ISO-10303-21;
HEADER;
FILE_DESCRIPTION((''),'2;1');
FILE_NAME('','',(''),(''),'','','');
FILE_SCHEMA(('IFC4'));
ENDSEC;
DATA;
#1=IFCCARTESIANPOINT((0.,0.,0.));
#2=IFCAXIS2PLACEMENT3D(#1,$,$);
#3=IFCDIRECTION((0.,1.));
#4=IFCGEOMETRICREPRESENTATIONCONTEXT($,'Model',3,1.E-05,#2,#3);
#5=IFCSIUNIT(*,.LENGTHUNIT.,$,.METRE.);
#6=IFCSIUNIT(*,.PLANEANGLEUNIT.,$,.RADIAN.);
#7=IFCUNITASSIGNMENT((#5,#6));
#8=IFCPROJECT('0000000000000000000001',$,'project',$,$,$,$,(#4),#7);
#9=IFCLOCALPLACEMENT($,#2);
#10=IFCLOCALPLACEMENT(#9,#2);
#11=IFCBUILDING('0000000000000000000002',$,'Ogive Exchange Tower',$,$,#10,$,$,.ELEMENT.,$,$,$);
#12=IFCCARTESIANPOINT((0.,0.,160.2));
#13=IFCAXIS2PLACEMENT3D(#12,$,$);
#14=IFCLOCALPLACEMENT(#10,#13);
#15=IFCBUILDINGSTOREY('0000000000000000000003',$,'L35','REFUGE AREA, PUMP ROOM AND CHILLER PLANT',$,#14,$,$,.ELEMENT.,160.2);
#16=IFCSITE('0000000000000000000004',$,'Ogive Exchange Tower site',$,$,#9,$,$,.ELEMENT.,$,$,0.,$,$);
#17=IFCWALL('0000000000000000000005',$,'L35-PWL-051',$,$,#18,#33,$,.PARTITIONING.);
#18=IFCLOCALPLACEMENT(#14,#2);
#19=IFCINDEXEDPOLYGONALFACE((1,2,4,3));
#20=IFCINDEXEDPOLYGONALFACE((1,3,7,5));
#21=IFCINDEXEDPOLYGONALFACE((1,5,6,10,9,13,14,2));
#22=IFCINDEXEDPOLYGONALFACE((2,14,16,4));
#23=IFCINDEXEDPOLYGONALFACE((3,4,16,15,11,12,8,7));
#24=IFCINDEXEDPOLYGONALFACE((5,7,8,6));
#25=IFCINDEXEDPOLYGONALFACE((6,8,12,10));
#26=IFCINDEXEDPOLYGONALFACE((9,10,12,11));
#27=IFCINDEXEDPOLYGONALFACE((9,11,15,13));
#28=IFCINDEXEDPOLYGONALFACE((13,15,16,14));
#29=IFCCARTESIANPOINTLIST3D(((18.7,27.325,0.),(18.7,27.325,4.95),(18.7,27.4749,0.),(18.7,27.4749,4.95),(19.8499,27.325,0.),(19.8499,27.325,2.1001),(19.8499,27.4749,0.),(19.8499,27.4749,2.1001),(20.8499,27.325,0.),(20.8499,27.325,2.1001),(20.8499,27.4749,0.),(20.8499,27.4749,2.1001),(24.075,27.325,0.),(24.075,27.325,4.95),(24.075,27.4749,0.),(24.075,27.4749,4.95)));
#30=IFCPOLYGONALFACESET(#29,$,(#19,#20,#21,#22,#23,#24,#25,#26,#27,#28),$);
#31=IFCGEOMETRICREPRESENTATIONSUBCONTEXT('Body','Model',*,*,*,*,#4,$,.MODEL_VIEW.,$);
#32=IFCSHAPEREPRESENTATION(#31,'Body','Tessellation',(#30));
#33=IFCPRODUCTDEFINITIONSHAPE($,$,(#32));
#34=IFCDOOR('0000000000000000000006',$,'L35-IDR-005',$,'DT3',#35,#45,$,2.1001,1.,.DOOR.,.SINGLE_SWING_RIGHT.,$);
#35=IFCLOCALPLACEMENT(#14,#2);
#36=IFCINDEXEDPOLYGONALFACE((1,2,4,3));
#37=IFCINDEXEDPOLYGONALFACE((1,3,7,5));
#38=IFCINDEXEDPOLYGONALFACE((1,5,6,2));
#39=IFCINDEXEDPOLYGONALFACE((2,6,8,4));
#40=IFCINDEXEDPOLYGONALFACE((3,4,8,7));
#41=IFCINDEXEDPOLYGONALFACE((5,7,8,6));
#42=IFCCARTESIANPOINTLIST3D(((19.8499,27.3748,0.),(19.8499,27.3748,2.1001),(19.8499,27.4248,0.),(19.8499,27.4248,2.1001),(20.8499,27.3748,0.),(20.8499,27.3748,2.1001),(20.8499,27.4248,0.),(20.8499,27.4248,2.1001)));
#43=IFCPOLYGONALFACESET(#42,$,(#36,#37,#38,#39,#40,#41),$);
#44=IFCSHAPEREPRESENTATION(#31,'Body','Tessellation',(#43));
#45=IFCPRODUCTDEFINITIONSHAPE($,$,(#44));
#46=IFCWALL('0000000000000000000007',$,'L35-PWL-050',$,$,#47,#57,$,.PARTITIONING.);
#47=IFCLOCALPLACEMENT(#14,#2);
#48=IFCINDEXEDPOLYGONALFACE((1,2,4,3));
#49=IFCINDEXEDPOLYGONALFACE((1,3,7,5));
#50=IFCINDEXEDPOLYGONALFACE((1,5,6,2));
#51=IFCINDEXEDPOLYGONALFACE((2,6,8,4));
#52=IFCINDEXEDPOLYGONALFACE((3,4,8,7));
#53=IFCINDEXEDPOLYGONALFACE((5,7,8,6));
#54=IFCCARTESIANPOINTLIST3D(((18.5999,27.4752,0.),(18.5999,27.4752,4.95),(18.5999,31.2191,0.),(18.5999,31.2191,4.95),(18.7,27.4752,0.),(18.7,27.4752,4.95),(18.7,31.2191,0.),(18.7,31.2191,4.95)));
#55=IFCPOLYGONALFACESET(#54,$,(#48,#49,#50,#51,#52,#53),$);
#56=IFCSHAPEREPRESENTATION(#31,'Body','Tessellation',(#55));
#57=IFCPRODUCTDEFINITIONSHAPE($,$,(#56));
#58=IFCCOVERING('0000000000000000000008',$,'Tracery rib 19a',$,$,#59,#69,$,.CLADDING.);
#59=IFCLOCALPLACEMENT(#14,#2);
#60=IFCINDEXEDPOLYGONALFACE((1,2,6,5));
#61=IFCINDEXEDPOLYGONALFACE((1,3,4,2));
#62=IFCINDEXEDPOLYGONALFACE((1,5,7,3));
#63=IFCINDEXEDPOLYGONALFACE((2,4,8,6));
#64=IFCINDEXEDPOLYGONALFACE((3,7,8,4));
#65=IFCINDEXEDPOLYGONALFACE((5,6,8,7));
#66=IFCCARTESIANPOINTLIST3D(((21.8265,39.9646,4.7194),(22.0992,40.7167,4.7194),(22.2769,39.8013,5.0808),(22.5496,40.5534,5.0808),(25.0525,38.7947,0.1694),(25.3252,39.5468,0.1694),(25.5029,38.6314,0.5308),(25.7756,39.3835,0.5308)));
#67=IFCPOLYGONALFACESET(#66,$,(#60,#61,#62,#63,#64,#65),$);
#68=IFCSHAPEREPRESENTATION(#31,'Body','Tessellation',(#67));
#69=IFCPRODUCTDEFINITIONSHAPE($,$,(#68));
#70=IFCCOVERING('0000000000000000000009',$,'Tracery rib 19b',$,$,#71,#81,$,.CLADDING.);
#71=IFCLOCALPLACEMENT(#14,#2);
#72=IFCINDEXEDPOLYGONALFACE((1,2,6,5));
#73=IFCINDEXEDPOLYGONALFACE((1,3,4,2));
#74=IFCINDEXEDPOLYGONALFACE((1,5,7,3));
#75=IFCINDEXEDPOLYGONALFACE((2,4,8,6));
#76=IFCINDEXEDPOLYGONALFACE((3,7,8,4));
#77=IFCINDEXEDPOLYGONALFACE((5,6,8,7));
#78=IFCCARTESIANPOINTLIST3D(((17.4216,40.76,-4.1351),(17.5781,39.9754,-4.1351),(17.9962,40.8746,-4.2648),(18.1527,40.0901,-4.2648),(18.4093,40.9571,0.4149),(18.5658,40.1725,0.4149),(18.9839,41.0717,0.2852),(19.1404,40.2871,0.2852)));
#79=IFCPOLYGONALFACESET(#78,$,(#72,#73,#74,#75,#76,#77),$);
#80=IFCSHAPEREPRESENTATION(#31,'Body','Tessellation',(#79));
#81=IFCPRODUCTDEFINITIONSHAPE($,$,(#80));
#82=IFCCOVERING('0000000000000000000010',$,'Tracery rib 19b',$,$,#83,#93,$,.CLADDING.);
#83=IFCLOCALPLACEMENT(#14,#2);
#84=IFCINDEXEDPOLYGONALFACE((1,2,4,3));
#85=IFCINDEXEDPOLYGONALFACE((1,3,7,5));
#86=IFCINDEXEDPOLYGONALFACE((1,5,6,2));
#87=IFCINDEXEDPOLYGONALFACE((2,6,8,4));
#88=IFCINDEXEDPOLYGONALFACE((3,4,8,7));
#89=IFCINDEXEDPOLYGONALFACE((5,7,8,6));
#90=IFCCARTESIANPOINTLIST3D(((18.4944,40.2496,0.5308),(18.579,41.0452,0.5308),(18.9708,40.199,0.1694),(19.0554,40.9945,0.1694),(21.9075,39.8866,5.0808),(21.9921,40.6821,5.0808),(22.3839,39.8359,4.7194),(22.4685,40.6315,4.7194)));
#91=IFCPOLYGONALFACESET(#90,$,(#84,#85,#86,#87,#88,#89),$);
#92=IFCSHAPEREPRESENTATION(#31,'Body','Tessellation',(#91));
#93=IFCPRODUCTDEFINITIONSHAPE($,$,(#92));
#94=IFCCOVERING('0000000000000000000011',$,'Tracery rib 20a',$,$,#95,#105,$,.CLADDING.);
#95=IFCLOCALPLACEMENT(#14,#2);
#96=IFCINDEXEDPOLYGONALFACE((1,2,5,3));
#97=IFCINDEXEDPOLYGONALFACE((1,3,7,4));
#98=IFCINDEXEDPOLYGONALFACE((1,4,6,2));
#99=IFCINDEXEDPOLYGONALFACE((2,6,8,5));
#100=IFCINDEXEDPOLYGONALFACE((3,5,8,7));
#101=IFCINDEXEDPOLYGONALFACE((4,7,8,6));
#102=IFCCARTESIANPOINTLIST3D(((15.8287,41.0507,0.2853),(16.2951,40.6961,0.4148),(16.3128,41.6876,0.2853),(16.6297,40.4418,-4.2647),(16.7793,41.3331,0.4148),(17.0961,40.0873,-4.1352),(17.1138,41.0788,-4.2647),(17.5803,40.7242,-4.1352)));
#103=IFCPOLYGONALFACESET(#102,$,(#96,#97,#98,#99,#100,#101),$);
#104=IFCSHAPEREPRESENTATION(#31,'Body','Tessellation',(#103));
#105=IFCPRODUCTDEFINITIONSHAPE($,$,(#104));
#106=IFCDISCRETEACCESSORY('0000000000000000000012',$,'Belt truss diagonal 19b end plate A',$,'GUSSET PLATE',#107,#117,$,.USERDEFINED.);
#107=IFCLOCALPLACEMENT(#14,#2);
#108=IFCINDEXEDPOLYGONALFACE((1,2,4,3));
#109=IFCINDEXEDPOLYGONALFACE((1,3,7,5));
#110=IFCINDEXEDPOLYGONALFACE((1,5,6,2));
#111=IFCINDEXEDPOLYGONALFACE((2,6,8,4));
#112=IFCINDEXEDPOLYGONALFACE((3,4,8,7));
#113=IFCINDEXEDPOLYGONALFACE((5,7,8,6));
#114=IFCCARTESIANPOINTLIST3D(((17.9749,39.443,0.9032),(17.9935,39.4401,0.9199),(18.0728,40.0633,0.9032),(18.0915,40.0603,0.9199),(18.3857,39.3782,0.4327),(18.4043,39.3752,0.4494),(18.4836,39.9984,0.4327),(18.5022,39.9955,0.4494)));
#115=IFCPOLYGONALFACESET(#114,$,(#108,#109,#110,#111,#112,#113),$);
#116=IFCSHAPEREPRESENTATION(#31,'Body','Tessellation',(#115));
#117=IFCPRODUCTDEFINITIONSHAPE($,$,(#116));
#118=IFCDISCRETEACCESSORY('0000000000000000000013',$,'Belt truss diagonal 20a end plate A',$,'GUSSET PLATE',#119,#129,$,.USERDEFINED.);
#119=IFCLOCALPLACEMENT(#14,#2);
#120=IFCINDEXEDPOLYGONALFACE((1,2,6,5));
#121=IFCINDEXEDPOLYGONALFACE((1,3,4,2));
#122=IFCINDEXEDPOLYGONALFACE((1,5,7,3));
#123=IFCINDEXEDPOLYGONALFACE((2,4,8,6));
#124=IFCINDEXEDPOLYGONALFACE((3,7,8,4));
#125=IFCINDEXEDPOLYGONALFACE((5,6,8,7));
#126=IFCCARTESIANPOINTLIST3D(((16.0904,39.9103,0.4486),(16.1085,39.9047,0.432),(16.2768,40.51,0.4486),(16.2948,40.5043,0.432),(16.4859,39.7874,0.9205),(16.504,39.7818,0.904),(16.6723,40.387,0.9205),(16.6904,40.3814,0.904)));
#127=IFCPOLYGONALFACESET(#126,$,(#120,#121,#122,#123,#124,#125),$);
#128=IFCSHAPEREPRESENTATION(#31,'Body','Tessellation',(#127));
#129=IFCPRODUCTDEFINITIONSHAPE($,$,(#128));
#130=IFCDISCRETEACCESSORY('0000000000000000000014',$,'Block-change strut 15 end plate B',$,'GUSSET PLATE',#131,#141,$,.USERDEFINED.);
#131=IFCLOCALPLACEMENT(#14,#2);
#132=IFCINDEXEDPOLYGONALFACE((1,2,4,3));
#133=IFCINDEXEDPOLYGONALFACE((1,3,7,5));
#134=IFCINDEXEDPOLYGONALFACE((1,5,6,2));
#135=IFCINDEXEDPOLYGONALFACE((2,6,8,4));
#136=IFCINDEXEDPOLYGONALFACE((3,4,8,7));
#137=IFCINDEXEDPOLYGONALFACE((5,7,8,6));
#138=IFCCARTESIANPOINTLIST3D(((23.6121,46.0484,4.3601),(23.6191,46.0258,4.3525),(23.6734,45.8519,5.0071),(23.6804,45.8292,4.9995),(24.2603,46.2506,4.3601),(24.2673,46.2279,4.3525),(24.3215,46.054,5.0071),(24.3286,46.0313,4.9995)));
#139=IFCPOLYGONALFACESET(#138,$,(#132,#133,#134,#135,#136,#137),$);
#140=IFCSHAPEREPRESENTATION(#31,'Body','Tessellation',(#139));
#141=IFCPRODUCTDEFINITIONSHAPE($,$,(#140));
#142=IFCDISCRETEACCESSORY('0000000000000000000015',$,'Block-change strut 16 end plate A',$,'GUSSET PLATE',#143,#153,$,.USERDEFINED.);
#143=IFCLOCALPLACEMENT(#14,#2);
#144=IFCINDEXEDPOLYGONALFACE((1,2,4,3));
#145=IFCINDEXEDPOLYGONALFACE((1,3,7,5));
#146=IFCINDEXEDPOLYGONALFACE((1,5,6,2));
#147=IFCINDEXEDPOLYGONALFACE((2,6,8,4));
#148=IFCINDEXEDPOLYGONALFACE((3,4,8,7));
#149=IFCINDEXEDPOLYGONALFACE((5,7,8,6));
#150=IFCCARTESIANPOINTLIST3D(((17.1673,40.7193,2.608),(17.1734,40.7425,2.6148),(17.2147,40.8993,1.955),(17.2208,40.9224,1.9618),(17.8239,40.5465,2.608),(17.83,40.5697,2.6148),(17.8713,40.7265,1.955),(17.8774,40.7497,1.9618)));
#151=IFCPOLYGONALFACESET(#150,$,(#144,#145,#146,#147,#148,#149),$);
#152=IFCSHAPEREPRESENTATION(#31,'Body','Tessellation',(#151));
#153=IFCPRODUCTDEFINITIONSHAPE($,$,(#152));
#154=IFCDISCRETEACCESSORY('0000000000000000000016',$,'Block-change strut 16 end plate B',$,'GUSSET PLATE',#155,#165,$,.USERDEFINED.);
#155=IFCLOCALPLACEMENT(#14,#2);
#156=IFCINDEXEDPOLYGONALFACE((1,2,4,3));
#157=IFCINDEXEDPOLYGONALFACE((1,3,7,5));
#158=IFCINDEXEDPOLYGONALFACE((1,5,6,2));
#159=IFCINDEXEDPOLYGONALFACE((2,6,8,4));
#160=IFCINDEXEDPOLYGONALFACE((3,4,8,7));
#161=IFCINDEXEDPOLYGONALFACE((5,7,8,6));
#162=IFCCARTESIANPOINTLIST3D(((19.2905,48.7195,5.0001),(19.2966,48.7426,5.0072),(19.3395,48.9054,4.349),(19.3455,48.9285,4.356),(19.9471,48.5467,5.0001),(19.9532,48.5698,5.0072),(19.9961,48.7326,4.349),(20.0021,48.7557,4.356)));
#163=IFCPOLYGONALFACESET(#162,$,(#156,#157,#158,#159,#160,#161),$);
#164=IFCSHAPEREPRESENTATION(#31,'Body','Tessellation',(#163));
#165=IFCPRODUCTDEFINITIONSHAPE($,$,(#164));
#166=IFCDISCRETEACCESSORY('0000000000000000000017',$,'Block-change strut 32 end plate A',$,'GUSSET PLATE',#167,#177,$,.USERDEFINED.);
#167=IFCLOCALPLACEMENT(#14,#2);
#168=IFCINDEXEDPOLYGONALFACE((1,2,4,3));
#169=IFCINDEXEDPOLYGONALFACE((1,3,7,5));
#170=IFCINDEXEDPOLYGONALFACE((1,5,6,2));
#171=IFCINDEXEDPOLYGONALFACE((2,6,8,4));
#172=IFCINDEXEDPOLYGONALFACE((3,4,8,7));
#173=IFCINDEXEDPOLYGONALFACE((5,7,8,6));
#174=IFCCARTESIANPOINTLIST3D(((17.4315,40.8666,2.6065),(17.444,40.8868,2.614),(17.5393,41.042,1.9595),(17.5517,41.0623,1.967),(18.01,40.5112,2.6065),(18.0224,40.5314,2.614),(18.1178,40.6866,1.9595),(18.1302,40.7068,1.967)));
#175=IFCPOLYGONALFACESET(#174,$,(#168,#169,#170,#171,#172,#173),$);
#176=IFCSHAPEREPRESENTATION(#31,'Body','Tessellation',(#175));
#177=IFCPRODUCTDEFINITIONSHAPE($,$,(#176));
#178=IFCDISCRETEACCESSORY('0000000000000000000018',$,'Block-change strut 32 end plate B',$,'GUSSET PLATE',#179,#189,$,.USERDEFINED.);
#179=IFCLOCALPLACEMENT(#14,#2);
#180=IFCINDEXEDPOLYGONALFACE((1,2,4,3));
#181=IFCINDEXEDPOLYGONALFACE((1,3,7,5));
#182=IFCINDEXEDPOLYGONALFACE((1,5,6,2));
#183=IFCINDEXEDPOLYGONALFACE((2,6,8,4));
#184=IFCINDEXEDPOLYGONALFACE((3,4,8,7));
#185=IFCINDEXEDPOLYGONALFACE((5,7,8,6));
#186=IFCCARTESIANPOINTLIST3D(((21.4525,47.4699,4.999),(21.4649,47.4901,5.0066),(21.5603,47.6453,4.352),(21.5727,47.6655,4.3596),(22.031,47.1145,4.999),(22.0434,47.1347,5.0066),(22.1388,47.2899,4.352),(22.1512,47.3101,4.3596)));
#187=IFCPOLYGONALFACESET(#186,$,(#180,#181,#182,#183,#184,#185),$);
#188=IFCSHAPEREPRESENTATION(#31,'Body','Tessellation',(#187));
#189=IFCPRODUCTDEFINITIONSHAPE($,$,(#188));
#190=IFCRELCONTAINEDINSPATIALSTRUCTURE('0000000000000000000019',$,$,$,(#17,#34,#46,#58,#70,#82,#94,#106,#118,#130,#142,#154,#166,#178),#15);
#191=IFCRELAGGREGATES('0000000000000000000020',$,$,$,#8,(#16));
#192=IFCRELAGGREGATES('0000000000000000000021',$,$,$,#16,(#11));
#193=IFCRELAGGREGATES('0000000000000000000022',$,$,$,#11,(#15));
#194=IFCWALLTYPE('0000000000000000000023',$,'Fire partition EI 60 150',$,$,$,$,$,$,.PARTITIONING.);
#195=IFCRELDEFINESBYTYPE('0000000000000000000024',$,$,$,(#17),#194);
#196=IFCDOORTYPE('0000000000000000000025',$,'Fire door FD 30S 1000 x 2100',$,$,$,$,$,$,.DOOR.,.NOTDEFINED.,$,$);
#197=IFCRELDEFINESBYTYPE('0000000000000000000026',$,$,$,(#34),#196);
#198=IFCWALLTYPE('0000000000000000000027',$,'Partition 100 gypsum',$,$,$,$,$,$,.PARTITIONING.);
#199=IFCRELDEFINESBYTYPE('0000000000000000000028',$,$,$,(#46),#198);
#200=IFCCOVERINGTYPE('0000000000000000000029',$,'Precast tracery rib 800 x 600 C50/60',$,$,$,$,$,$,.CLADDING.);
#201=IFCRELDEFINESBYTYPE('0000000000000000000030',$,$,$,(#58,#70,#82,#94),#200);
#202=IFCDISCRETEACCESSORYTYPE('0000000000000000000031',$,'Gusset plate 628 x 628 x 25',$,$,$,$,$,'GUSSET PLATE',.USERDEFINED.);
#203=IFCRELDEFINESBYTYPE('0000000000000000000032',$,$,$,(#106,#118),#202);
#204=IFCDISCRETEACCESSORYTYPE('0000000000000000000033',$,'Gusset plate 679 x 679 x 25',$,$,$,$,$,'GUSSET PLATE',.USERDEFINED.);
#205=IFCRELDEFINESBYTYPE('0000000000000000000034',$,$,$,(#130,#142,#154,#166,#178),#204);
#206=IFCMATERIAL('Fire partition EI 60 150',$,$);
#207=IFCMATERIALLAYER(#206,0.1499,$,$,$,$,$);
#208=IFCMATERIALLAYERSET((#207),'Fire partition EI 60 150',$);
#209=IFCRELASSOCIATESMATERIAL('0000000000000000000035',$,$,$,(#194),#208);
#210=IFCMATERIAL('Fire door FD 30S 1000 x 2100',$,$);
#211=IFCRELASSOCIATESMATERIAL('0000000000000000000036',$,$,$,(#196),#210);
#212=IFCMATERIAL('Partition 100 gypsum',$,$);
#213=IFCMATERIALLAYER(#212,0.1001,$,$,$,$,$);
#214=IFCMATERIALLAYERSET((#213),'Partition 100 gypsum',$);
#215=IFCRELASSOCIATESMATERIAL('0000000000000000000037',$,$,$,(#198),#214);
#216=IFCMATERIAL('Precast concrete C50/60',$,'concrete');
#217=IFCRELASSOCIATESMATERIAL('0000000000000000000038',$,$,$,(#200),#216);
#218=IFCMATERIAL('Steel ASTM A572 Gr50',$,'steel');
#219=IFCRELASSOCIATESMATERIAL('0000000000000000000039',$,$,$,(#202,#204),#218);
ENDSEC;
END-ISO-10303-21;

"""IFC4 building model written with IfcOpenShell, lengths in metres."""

from ifc_helpers import new_model, si_unit, direction, frame, frame_2d, origin, origin_2d, place, context, subcontext, project, spatial, rectangle, extrude, material, layer, layer_set, material_profile, profile_set, type_object, element, fill, save


model = new_model("IFC4")

# Units and contexts
model_context = context("Model", 3, precision=1e-05, world=origin(), true_north=direction((0.0, 1.0)))
body_context = subcontext(model_context, "Body", "Model", "MODEL_VIEW")
ifc_project = project(units=[si_unit("LENGTHUNIT", "METRE"), si_unit("PLANEANGLEUNIT", "RADIAN")], contexts=[model_context])

# Site, building, storey
site_placement = place(None, origin())
site = spatial("IfcSite", under=ifc_project, at=site_placement, Name="Ogive Exchange Tower site", CompositionType="ELEMENT", RefElevation=0.0)
building_placement = place(site_placement, origin())
building = spatial("IfcBuilding", under=site, at=building_placement, Name="Ogive Exchange Tower", CompositionType="ELEMENT")
storey_placement = place(building_placement, frame((0.0, 0.0, 160.2)))
storey = spatial("IfcBuildingStorey", under=building, at=storey_placement, Name="L35", Description="REFUGE AREA, PUMP ROOM AND CHILLER PLANT", CompositionType="ELEMENT", Elevation=160.2)

# Wall, opening, door
ifc_material_1 = material(Name="Fire partition EI 60 150")
ifc_layer_1 = layer(ifc_material_1, 0.1499)
ifc_layer_set_1 = layer_set([ifc_layer_1], Name="Fire partition EI 60 150")
wall_type_1 = type_object("IfcWallType", Name="Fire partition EI 60 150", PredefinedType="PARTITIONING", material=ifc_layer_set_1)
wall_1_placement = place(storey_placement, frame((18.7, 27.3999, 0.0), z_axis=(0.0, 0.0, 1.0), x_axis=(1.0, 0.0, 0.0)))
wall_1 = element("IfcWall", 1, at=wall_1_placement, inside=storey, type_object=wall_type_1, Name="L35-PWL-051", PredefinedType="PARTITIONING", context=body_context, shape_type="SweptSolid", body=[
    extrude(rectangle(XDim=5.375, YDim=0.1499, at=frame_2d((2.6875, 0.0))), origin(), (0.0, 0.0, 1.0), 4.95),
])
opening_placement = place(wall_1_placement, frame((1.1499, 0.0, 0.0)))
opening = element("IfcOpeningElement", 2, at=opening_placement, cuts=wall_1, PredefinedType="OPENING", context=body_context, shape_type="SweptSolid", body=[
    extrude(rectangle(XDim=1.0, YDim=2.1001, at=frame_2d((0.5, 1.05))), frame((0.0, 0.085, 0.0), z_axis=(0.0, -1.0, 0.0), x_axis=(1.0, 0.0, 0.0)), (0.0, 0.0, 1.0), 0.1699),
])
ifc_material_2 = material(Name="Fire door FD 30S 1000 x 2100")
door_type = type_object("IfcDoorType", Name="Fire door FD 30S 1000 x 2100", OperationType="NOTDEFINED", PredefinedType="DOOR", material=ifc_material_2)
door_placement = place(opening_placement, origin())
door = element("IfcDoor", 3, at=door_placement, inside=storey, type_object=door_type, Name="L35-IDR-005", ObjectType="DT3", OperationType="SINGLE_SWING_RIGHT", OverallHeight=2.1001, OverallWidth=1.0, PredefinedType="DOOR", context=body_context, shape_type="SweptSolid", body=[
    extrude(rectangle(XDim=1.0, YDim=2.1001, at=frame_2d((0.5, 1.05))), frame((0.0, 0.0249, 0.0), z_axis=(0.0, -1.0, 0.0), x_axis=(1.0, 0.0, 0.0)), (0.0, 0.0, 1.0), 0.05),
])
fill(opening, door)

# Wall
ifc_material_3 = material(Name="Partition 100 gypsum")
ifc_layer_2 = layer(ifc_material_3, 0.1001)
ifc_layer_set_2 = layer_set([ifc_layer_2], Name="Partition 100 gypsum")
wall_type_2 = type_object("IfcWallType", Name="Partition 100 gypsum", PredefinedType="PARTITIONING", material=ifc_layer_set_2)
wall_2_placement = place(storey_placement, frame((18.6499, 27.4751, 0.0), z_axis=(0.0, 0.0, 1.0), x_axis=(0.0, 1.0, 0.0)))
element("IfcWall", 4, at=wall_2_placement, inside=storey, type_object=wall_type_2, Name="L35-PWL-050", PredefinedType="PARTITIONING", context=body_context, shape_type="SweptSolid", body=[
    extrude(rectangle(XDim=3.7439, YDim=0.1001, at=frame_2d((1.8721, 0.0))), origin(), (0.0, 0.0, 1.0), 4.95),
])

# Coverings
ifc_material_4 = material(Name="Precast concrete C50/60", Category="concrete")
ifc_material_profile_1 = material_profile(ifc_material_4, rectangle(XDim=0.8, YDim=0.6001, at=origin_2d()), Name="RIB 800 x 600")
ifc_profile_set_1 = profile_set([ifc_material_profile_1], Name="Precast concrete C50/60")
covering_type = type_object("IfcCoveringType", Name="Precast tracery rib 800 x 600 C50/60", PredefinedType="CLADDING", material=ifc_profile_set_1)
covering_1_placement = place(storey_placement, frame((25.4141, 39.0891, 0.3501), z_axis=(-0.566072, 0.205284, 0.798387), x_axis=(-0.34092, -0.940092, 0.0)))
element("IfcCovering", 5, at=covering_1_placement, inside=storey, type_object=covering_type, Name="Tracery rib 19a", PredefinedType="CLADDING", context=body_context, shape_type="SweptSolid", body=[
    extrude(rectangle(XDim=0.8, YDim=0.6001, at=origin_2d()), origin(), (0.0, 0.0, 1.0), 5.699),
])
covering_2_placement = place(storey_placement, frame((17.7871, 40.425, -4.2), z_axis=(0.211963, 0.042277, 0.976363), x_axis=(-0.195603, 0.980683, 0.0)))
element("IfcCovering", 6, at=covering_2_placement, inside=storey, type_object=covering_type, Name="Tracery rib 19b", PredefinedType="CLADDING", context=body_context, shape_type="SweptSolid", body=[
    extrude(rectangle(XDim=0.8, YDim=0.6001, at=origin_2d()), origin(), (0.0, 0.0, 1.0), 4.6602),
])
covering_3_placement = place(storey_placement, frame((18.7749, 40.6221, 0.3501), z_axis=(0.598843, -0.063697, 0.798329), x_axis=(0.10577, 0.994391, 0.0)))
element("IfcCovering", 7, at=covering_3_placement, inside=storey, type_object=covering_type, Name="Tracery rib 19b", PredefinedType="CLADDING", context=body_context, shape_type="SweptSolid", body=[
    extrude(rectangle(XDim=0.8, YDim=0.6001, at=origin_2d()), origin(), (0.0, 0.0, 1.0), 5.6995),
])
covering_4_placement = place(storey_placement, frame((17.105, 40.583, -4.2), z_axis=(-0.171895, 0.130663, 0.976411), x_axis=(-0.605151, -0.796111, 0.0)))
element("IfcCovering", 8, at=covering_4_placement, inside=storey, type_object=covering_type, Name="Tracery rib 20a", PredefinedType="CLADDING", context=body_context, shape_type="SweptSolid", body=[
    extrude(rectangle(XDim=0.8, YDim=0.6001, at=origin_2d()), origin(), (0.0, 0.0, 1.0), 4.6599),
])

# Discrete accessories
ifc_material_5 = material(Name="Steel ASTM A572 Gr50", Category="steel")
ifc_material_profile_2 = material_profile(ifc_material_5, rectangle(XDim=0.6279, YDim=0.6279, at=origin_2d()), Name="PL 628 x 628 x 25")
ifc_profile_set_2 = profile_set([ifc_material_profile_2], Name="Steel ASTM A572 Gr50")
discrete_accessory_type_1 = type_object("IfcDiscreteAccessoryType", Name="Gusset plate 628 x 628 x 25", ElementType="GUSSET PLATE", PredefinedType="USERDEFINED", material=ifc_profile_set_2)
for number, where, z_axis, x_axis, name in (
    (9, (18.2292, 39.7207, 0.668), (0.740135, -0.116863, 0.662226), (0.155963, 0.987763, 0.0), "Belt truss diagonal 19b end plate A"),
    (10, (16.3994, 40.1431, 0.668), (-0.71777, 0.223091, 0.659573), (-0.296805, -0.954938, 0.0), "Belt truss diagonal 20a end plate A"),
):
    element("IfcDiscreteAccessory", number, at=place(storey_placement, frame(where, z_axis=z_axis, x_axis=x_axis)), inside=storey, type_object=discrete_accessory_type_1, Name=name, ObjectType="GUSSET PLATE", PredefinedType="USERDEFINED", context=body_context, shape_type="SweptSolid", body=[
        extrude(rectangle(XDim=0.6279, YDim=0.6279, at=origin_2d()), origin(), (0.0, 0.0, 1.0), 0.0251),
    ])
ifc_material_profile_3 = material_profile(ifc_material_5, rectangle(XDim=0.679, YDim=0.679, at=origin_2d()), Name="PL 679 x 679 x 25")
ifc_profile_set_3 = profile_set([ifc_material_profile_3], Name="Steel ASTM A572 Gr50")
discrete_accessory_type_2 = type_object("IfcDiscreteAccessoryType", Name="Gusset plate 679 x 679 x 25", ElementType="GUSSET PLATE", PredefinedType="USERDEFINED", material=ifc_profile_set_3)
for number, where, z_axis, x_axis, name in (
    (11, (23.9739, 46.0286, 4.676), (-0.283674, 0.909712, 0.303237), (-0.954662, -0.29769, 0.0), "Block-change strut 15 end plate B"),
    (12, (17.5193, 40.7229, 2.2815), (0.244745, 0.930033, 0.274115), (-0.967075, 0.254493, 0.0), "Block-change strut 16 end plate A"),
    (13, (19.6433, 48.7261, 4.6746), (0.24408, 0.927503, 0.283132), (-0.967075, 0.254493, 0.0), "Block-change strut 16 end plate B"),
    (14, (17.7747, 40.7766, 2.283), (0.498874, 0.811894, 0.303237), (-0.852011, 0.523525, 0.0), "Block-change strut 32 end plate A"),
    (15, (21.7957, 47.3799, 4.6755), (0.498874, 0.811894, 0.303237), (-0.852011, 0.523525, 0.0), "Block-change strut 32 end plate B"),
):
    element("IfcDiscreteAccessory", number, at=place(storey_placement, frame(where, z_axis=z_axis, x_axis=x_axis)), inside=storey, type_object=discrete_accessory_type_2, Name=name, ObjectType="GUSSET PLATE", PredefinedType="USERDEFINED", context=body_context, shape_type="SweptSolid", body=[
        extrude(rectangle(XDim=0.679, YDim=0.679, at=origin_2d()), origin(), (0.0, 0.0, 1.0), 0.0249),
    ])

save(model, "model.ifc")
